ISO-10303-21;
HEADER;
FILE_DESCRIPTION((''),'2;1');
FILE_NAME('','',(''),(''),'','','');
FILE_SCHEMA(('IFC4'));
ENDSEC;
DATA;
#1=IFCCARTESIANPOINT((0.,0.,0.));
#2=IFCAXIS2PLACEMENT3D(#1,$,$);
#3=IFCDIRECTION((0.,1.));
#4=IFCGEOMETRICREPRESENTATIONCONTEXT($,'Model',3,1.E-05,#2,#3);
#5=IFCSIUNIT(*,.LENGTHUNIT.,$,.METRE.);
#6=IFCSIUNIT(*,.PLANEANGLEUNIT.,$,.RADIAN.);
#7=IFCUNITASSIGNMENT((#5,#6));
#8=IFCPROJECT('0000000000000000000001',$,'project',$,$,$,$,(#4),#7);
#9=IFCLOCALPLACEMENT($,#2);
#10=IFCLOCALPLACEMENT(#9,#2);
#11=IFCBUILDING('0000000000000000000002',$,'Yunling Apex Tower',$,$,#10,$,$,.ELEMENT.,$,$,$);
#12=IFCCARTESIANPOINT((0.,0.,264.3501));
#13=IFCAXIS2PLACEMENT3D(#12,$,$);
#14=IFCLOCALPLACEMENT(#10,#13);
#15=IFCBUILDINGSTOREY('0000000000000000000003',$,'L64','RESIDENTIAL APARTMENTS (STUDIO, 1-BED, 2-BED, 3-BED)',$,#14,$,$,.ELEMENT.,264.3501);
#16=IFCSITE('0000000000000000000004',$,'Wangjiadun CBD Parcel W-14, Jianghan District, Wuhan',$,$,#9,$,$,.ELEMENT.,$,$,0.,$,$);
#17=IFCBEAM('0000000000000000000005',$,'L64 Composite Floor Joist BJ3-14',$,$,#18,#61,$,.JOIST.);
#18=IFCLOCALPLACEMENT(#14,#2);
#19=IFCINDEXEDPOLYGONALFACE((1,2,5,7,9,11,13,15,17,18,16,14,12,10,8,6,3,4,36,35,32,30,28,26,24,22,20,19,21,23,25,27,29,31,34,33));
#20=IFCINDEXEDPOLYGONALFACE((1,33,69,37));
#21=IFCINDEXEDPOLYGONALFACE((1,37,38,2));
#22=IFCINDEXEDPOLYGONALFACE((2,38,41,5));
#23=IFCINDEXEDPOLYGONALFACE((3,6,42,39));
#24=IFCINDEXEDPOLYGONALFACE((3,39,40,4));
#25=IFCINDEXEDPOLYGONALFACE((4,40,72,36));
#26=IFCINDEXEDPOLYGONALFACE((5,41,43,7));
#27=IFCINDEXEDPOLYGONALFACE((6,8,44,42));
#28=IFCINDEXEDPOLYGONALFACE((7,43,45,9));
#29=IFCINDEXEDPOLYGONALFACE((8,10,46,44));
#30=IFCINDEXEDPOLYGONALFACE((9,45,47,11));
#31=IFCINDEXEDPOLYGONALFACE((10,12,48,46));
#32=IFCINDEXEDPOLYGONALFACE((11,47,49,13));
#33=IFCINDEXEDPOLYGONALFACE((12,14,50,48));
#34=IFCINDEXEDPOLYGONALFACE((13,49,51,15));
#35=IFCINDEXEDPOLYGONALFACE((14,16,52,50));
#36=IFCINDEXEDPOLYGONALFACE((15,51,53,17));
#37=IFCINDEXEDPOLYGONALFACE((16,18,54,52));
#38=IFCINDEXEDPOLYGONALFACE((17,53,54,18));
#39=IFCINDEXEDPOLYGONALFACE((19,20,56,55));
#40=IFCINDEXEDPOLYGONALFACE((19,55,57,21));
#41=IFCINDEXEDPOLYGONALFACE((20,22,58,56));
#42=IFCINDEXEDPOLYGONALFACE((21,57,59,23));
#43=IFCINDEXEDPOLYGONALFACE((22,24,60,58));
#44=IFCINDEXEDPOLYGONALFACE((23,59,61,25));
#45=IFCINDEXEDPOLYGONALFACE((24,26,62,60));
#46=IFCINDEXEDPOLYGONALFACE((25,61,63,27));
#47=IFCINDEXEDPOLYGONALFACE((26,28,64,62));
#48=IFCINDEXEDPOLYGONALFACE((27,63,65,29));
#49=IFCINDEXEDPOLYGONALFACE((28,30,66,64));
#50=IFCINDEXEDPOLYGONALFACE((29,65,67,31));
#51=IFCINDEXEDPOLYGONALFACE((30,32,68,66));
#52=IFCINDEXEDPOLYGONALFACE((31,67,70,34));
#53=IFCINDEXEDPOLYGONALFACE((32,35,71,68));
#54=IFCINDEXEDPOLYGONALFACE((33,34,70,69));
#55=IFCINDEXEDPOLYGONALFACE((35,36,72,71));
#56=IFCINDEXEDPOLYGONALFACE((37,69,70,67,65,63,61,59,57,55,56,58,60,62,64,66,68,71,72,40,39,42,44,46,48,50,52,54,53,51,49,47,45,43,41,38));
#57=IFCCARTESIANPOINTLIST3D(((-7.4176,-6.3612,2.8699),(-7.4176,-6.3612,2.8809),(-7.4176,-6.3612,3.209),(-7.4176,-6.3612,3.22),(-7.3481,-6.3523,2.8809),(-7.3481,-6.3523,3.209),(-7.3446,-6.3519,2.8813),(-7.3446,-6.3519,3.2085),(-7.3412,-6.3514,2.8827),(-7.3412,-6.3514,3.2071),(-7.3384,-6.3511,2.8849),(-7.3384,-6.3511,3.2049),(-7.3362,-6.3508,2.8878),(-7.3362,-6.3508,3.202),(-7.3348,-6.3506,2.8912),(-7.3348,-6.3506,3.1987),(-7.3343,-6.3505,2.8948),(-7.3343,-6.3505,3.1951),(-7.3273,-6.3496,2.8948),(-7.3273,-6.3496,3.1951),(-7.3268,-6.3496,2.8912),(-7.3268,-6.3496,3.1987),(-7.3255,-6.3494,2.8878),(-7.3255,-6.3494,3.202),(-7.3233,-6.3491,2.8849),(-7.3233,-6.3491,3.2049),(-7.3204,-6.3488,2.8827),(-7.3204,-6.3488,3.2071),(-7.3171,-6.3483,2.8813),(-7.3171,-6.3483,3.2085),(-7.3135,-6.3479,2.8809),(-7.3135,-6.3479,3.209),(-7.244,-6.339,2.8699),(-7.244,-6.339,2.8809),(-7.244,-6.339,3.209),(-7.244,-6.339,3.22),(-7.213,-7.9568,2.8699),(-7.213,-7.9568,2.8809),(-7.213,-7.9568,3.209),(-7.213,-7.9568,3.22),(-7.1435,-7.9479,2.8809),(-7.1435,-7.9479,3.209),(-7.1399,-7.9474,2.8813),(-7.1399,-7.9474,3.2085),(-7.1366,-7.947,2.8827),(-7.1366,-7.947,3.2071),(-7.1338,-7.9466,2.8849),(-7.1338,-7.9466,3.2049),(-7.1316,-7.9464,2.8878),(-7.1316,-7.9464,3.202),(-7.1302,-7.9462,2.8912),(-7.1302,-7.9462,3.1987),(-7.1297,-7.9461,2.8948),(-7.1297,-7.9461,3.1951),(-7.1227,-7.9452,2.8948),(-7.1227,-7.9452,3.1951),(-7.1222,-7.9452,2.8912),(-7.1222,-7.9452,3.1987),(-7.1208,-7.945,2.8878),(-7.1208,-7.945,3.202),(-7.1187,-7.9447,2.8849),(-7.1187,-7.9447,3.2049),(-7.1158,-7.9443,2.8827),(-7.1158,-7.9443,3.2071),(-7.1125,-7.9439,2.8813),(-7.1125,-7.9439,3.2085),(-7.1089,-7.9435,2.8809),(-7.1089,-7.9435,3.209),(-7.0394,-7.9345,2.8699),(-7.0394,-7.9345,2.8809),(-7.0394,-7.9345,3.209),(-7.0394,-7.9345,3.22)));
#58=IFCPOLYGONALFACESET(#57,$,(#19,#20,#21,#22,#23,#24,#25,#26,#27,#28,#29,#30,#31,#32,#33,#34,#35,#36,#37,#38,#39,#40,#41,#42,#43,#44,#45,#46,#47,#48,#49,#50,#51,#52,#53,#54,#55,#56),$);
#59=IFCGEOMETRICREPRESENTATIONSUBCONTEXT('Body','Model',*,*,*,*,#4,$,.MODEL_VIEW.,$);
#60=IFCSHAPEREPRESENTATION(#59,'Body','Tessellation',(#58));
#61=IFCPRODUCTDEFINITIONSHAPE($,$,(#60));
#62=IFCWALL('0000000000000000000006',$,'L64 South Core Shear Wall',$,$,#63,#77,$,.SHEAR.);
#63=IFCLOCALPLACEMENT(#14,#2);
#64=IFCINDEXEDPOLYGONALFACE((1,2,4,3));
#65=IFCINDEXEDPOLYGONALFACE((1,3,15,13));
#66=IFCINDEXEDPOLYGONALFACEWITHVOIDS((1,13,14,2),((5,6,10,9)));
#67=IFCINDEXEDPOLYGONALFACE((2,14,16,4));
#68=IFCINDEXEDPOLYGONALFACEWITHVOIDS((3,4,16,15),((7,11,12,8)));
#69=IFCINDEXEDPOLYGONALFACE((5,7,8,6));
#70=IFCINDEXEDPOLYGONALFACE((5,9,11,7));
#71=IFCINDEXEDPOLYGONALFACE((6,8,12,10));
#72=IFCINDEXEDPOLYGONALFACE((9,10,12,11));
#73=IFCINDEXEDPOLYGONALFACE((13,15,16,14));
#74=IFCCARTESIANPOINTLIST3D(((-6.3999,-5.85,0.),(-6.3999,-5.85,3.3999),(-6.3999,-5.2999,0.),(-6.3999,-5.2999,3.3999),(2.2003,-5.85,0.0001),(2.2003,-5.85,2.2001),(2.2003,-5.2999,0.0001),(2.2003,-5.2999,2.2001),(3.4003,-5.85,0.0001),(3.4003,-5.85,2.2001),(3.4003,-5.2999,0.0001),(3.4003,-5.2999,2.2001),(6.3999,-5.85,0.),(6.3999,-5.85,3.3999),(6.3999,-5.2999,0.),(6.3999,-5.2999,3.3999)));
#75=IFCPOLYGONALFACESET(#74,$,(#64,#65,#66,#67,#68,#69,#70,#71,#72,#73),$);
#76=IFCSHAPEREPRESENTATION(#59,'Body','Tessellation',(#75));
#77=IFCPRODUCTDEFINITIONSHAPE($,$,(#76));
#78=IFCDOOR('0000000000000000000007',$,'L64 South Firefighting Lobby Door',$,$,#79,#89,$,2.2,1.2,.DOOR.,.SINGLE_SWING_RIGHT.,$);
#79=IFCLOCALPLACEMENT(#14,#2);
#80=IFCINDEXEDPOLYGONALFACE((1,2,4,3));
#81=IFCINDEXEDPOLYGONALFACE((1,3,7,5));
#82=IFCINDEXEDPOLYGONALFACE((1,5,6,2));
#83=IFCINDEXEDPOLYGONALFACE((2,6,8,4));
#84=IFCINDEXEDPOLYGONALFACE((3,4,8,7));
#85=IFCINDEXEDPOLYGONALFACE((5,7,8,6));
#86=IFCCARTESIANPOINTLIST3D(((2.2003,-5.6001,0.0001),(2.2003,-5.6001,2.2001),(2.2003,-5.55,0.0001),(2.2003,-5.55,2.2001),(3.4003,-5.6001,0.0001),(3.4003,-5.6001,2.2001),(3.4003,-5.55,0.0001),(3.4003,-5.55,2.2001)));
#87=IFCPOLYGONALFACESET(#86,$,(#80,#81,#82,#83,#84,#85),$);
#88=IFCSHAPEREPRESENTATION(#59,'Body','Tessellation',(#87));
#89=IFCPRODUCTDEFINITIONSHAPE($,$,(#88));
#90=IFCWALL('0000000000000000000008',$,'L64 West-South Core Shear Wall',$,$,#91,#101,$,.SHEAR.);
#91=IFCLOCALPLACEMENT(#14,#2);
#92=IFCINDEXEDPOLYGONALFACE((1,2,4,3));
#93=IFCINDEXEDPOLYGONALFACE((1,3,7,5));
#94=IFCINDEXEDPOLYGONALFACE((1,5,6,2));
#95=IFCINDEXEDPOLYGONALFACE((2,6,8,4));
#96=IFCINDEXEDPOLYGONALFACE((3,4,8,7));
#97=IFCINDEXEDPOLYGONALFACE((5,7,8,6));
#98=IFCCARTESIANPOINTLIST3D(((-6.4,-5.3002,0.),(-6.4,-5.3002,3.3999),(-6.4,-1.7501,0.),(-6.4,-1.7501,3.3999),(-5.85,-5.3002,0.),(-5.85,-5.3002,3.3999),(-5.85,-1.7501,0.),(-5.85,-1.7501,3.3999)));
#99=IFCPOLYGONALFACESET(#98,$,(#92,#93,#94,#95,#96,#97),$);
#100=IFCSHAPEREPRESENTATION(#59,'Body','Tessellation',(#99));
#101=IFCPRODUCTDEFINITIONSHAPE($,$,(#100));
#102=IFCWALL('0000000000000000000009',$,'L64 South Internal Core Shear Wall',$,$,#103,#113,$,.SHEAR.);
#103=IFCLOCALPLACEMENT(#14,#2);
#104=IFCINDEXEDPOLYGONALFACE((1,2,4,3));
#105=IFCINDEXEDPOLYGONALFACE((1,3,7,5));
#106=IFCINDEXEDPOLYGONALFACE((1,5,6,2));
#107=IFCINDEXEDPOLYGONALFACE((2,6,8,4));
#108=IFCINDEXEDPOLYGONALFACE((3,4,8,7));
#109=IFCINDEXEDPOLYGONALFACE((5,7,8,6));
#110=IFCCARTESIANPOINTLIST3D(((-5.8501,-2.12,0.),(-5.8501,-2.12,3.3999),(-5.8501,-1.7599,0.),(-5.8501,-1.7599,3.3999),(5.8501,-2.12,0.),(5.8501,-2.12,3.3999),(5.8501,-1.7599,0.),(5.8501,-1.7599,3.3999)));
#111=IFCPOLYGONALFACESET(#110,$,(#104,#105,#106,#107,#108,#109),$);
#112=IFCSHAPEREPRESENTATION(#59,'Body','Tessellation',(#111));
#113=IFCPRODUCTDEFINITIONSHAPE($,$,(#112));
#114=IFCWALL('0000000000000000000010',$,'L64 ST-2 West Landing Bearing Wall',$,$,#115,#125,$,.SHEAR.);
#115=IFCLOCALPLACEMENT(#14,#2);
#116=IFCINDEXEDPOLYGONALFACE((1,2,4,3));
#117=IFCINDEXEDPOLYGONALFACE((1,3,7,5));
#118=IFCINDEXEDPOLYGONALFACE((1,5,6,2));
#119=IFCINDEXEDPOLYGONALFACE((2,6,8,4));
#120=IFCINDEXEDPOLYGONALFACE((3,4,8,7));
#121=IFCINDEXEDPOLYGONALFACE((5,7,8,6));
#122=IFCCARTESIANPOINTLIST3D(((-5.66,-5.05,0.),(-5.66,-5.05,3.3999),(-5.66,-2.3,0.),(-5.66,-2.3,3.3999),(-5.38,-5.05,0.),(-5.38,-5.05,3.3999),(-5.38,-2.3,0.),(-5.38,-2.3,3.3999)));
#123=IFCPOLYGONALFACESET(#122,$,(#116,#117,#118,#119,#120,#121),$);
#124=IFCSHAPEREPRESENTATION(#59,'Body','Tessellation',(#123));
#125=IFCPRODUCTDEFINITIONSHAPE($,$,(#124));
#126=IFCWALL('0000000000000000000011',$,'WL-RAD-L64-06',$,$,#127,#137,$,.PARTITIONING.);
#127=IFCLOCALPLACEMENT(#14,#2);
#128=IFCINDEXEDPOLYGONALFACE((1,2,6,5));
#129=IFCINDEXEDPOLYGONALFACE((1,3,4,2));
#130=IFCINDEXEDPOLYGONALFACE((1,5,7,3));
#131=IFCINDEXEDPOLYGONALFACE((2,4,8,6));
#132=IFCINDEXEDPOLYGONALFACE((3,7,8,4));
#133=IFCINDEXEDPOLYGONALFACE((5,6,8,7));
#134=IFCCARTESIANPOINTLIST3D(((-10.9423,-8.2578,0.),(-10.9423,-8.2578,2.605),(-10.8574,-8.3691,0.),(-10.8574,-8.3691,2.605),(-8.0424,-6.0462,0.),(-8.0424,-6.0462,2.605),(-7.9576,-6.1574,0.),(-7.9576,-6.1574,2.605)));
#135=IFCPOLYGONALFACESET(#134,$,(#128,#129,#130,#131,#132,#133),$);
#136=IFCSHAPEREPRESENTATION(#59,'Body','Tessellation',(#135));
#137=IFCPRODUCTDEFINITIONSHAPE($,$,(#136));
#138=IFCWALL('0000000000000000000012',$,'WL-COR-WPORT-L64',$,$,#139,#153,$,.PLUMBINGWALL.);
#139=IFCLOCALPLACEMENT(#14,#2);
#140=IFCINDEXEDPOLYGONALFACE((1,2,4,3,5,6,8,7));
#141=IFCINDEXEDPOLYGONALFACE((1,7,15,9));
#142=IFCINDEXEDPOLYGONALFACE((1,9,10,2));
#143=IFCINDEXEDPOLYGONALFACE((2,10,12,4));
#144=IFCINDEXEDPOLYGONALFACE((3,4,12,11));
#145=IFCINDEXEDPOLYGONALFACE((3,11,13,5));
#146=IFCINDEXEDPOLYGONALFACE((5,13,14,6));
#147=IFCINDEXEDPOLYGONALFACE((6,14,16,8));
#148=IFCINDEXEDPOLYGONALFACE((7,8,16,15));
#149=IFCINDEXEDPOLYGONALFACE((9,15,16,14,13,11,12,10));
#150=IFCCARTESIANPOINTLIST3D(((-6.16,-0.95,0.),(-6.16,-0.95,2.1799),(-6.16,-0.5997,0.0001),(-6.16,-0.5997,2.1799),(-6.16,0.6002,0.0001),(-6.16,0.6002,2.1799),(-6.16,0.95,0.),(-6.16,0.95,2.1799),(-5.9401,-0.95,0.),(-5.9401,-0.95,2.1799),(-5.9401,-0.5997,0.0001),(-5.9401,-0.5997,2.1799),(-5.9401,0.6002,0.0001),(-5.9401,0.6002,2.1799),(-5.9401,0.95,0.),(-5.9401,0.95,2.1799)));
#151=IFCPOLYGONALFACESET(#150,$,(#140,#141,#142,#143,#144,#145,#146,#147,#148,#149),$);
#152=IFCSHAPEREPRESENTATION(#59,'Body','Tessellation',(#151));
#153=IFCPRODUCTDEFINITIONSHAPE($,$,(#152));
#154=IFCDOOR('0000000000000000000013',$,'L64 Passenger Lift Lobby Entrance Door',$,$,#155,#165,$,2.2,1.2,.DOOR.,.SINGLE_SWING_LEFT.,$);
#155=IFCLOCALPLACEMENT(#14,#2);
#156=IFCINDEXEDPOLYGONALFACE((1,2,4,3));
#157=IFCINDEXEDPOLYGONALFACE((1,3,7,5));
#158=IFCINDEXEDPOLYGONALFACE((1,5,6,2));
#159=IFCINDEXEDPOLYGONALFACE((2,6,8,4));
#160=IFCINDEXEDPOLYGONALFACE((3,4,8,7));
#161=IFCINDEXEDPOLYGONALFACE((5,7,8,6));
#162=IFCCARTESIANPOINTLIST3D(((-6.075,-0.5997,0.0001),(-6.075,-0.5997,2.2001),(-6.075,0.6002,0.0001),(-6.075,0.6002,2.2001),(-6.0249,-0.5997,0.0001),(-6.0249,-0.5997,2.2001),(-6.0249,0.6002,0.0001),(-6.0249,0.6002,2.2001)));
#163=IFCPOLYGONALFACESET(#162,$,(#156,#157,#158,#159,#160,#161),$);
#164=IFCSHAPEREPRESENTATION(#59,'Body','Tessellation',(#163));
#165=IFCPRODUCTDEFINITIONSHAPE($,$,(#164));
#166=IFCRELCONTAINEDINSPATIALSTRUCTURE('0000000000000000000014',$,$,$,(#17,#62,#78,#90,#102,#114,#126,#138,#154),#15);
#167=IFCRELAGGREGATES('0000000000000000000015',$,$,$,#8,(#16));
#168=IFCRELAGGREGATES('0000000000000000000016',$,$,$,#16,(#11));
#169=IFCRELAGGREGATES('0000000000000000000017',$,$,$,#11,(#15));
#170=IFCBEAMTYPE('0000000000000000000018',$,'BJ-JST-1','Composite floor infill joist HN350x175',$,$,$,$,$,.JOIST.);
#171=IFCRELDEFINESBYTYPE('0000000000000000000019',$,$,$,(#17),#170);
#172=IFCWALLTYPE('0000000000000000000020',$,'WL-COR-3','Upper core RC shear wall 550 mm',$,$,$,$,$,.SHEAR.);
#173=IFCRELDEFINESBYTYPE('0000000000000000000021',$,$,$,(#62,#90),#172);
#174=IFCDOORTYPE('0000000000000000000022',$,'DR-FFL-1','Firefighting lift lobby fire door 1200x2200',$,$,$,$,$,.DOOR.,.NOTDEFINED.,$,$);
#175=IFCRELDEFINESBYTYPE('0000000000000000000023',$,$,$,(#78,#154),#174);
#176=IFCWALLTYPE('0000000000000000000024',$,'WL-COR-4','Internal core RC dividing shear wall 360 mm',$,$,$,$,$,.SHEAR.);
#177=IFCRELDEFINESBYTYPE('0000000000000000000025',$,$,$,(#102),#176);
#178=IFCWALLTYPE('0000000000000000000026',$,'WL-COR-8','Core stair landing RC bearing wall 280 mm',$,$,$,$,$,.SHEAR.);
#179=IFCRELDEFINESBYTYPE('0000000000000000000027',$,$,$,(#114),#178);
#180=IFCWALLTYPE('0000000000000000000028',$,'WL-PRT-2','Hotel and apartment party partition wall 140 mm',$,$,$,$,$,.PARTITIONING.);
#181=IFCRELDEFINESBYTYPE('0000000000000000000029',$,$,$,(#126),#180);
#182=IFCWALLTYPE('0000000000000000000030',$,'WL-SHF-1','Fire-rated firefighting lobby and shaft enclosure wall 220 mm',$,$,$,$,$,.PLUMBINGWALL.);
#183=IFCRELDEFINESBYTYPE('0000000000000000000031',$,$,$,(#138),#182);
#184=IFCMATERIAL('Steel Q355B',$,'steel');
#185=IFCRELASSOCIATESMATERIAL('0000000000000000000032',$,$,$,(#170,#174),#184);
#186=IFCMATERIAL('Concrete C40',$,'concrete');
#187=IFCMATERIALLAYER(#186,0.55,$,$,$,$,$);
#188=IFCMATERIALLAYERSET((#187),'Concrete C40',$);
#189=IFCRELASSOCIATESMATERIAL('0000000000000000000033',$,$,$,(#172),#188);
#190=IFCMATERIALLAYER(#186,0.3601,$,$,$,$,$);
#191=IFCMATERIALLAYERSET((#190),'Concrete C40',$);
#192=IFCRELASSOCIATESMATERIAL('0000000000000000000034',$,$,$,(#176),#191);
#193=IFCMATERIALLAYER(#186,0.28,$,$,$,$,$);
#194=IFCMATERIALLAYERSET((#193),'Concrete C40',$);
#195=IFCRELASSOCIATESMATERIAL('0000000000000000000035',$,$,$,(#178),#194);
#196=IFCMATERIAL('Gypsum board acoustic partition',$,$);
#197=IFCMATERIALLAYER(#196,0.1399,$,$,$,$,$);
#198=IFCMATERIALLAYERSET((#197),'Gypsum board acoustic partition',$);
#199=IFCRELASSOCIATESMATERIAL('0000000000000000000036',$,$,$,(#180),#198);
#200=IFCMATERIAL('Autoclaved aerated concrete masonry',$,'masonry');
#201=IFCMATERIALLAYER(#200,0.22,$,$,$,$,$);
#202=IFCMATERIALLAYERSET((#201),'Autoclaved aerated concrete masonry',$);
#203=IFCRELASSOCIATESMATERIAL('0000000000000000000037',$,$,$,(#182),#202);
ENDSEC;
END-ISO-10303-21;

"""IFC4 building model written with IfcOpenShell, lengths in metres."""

from ifc_helpers import new_model, si_unit, direction, frame, frame_2d, origin, origin_2d, place, context, subcontext, project, spatial, rectangle, i_section, extrude, source, transform, mapped, material, layer, layer_set, material_profile, profile_set, type_object, element, fill, save


model = new_model("IFC4")

# Units and contexts
model_context = context("Model", 3, precision=1e-05, world=origin(), true_north=direction((0.0, 1.0)))
body_context = subcontext(model_context, "Body", "Model", "MODEL_VIEW")
ifc_project = project(units=[si_unit("LENGTHUNIT", "METRE"), si_unit("PLANEANGLEUNIT", "RADIAN")], contexts=[model_context])

# Site, building, storey
site_placement = place(None, origin())
site = spatial("IfcSite", under=ifc_project, at=site_placement, Name="Wangjiadun CBD Parcel W-14, Jianghan District, Wuhan", CompositionType="ELEMENT", RefElevation=0.0)
building_placement = place(site_placement, origin())
building = spatial("IfcBuilding", under=site, at=building_placement, Name="Yunling Apex Tower", CompositionType="ELEMENT")
storey_placement = place(building_placement, frame((0.0, 0.0, 264.3501)))
storey = spatial("IfcBuildingStorey", under=building, at=storey_placement, Name="L64", Description="RESIDENTIAL APARTMENTS (STUDIO, 1-BED, 2-BED, 3-BED)", CompositionType="ELEMENT", Elevation=264.3501)

# Beam
ifc_material_1 = material(Name="Steel Q355B", Category="steel")
ifc_material_2 = material(Name="Concrete C40", Category="concrete")
ifc_material_profile_1 = material_profile(ifc_material_1, i_section(OverallWidth=0.175, OverallDepth=0.3501, WebThickness=0.0071, FlangeThickness=0.011, FilletRadius=0.0139, at=origin_2d()))
ifc_profile_set_1 = profile_set([ifc_material_profile_1], Name="Steel Q355B")
beam_type_1 = type_object("IfcBeamType", Name="BJ-JST-1", Description="Composite floor infill joist HN350x175", PredefinedType="JOIST", material=ifc_profile_set_1)
shared_shape_1 = source(origin(), body_context, "Body", "SweptSolid", [
    extrude(i_section(OverallWidth=0.175, OverallDepth=0.3501, WebThickness=0.0071, FlangeThickness=0.011, FilletRadius=0.0139, at=origin_2d()), origin(), (0.0, 0.0, 1.0), 1.6086),
])
beam_1_placement = place(storey_placement, frame((-7.3308, -6.3501, 3.0449), z_axis=(0.127191, -0.991878, 0.0), x_axis=(0.991878, 0.127191, 0.0)))
element("IfcBeam", 1, at=beam_1_placement, inside=storey, type_object=beam_type_1, Name="L64 Composite Floor Joist BJ3-14", PredefinedType="JOIST", context=body_context, shape_type="MappedRepresentation", body=[
    mapped(shared_shape_1, transform((0.0, 0.0, 0.0), scale=1.0)),
])

# Wall, opening, door
ifc_layer_1 = layer(ifc_material_2, 0.55)
ifc_layer_set_1 = layer_set([ifc_layer_1], Name="Concrete C40")
wall_type_1 = type_object("IfcWallType", Name="WL-COR-3", Description="Upper core RC shear wall 550 mm", PredefinedType="SHEAR", material=ifc_layer_set_1)
wall_1_placement = place(storey_placement, frame((-6.3999, -5.575, 0.0), z_axis=(0.0, 0.0, 1.0), x_axis=(1.0, 0.0, 0.0)))
wall_1 = element("IfcWall", 2, at=wall_1_placement, inside=storey, type_object=wall_type_1, Name="L64 South Core Shear Wall", PredefinedType="SHEAR", context=body_context, shape_type="SweptSolid", body=[
    extrude(rectangle(XDim=12.7998, YDim=0.55, at=frame_2d((6.3999, 0.0))), origin(), (0.0, 0.0, 1.0), 3.3999),
])
opening_1_placement = place(wall_1_placement, frame((8.6001, 0.0, 0.0)))
opening_1 = element("IfcOpeningElement", 3, at=opening_1_placement, cuts=wall_1, PredefinedType="OPENING", context=body_context, shape_type="SweptSolid", body=[
    extrude(rectangle(XDim=1.2, YDim=2.2, at=frame_2d((0.6001, 1.1001))), frame((0.0, 0.2852, 0.0), z_axis=(0.0, -1.0, 0.0), x_axis=(1.0, 0.0, 0.0)), (0.0, 0.0, 1.0), 0.5701),
])
door_type = type_object("IfcDoorType", Name="DR-FFL-1", Description="Firefighting lift lobby fire door 1200x2200", OperationType="NOTDEFINED", PredefinedType="DOOR", material=ifc_material_1)
door_1_placement = place(opening_1_placement, origin())
door_1 = element("IfcDoor", 4, at=door_1_placement, inside=storey, type_object=door_type, Name="L64 South Firefighting Lobby Door", OperationType="SINGLE_SWING_RIGHT", OverallHeight=2.2, OverallWidth=1.2, PredefinedType="DOOR", context=body_context, shape_type="SweptSolid", body=[
    extrude(rectangle(XDim=1.2, YDim=2.2, at=frame_2d((0.6001, 1.1001))), frame((0.0, 0.0249, 0.0), z_axis=(0.0, -1.0, 0.0), x_axis=(1.0, 0.0, 0.0)), (0.0, 0.0, 1.0), 0.05),
])
fill(opening_1, door_1)

# Walls
wall_2_placement = place(storey_placement, frame((-6.125, -5.3, 0.0), z_axis=(0.0, 0.0, 1.0), x_axis=(0.0, 1.0, 0.0)))
element("IfcWall", 5, at=wall_2_placement, inside=storey, type_object=wall_type_1, Name="L64 West-South Core Shear Wall", PredefinedType="SHEAR", context=body_context, shape_type="SweptSolid", body=[
    extrude(rectangle(XDim=3.55, YDim=0.55, at=frame_2d((1.7749, 0.0))), origin(), (0.0, 0.0, 1.0), 3.3999),
])
ifc_layer_2 = layer(ifc_material_2, 0.3601)
ifc_layer_set_2 = layer_set([ifc_layer_2], Name="Concrete C40")
wall_type_2 = type_object("IfcWallType", Name="WL-COR-4", Description="Internal core RC dividing shear wall 360 mm", PredefinedType="SHEAR", material=ifc_layer_set_2)
wall_3_placement = place(storey_placement, frame((-5.8501, -1.9399, 0.0), z_axis=(0.0, 0.0, 1.0), x_axis=(1.0, 0.0, 0.0)))
element("IfcWall", 6, at=wall_3_placement, inside=storey, type_object=wall_type_2, Name="L64 South Internal Core Shear Wall", PredefinedType="SHEAR", context=body_context, shape_type="SweptSolid", body=[
    extrude(rectangle(XDim=11.7002, YDim=0.3601, at=frame_2d((5.8501, 0.0))), origin(), (0.0, 0.0, 1.0), 3.3999),
])
ifc_layer_3 = layer(ifc_material_2, 0.28)
ifc_layer_set_3 = layer_set([ifc_layer_3], Name="Concrete C40")
wall_type_3 = type_object("IfcWallType", Name="WL-COR-8", Description="Core stair landing RC bearing wall 280 mm", PredefinedType="SHEAR", material=ifc_layer_set_3)
wall_4_placement = place(storey_placement, frame((-5.52, -5.05, 0.0), z_axis=(0.0, 0.0, 1.0), x_axis=(0.0, 1.0, 0.0)))
element("IfcWall", 7, at=wall_4_placement, inside=storey, type_object=wall_type_3, Name="L64 ST-2 West Landing Bearing Wall", PredefinedType="SHEAR", context=body_context, shape_type="SweptSolid", body=[
    extrude(rectangle(XDim=2.75, YDim=0.28, at=frame_2d((1.375, 0.0))), origin(), (0.0, 0.0, 1.0), 3.3999),
])
ifc_material_3 = material(Name="Gypsum board acoustic partition")
ifc_layer_4 = layer(ifc_material_3, 0.1399)
ifc_layer_set_4 = layer_set([ifc_layer_4], Name="Gypsum board acoustic partition")
wall_type_4 = type_object("IfcWallType", Name="WL-PRT-2", Description="Hotel and apartment party partition wall 140 mm", PredefinedType="PARTITIONING", material=ifc_layer_set_4)
wall_5_placement = place(storey_placement, frame((-8.0, -6.1018, 0.0), z_axis=(0.0, 0.0, 1.0), x_axis=(-0.795138, -0.606428, 0.0)))
element("IfcWall", 8, at=wall_5_placement, inside=storey, type_object=wall_type_4, Name="WL-RAD-L64-06", PredefinedType="PARTITIONING", context=body_context, shape_type="SweptSolid", body=[
    extrude(rectangle(XDim=3.647, YDim=0.1399, at=frame_2d((1.8235, 0.0))), origin(), (0.0, 0.0, 1.0), 2.605),
])

# Wall, opening, door
ifc_material_4 = material(Name="Autoclaved aerated concrete masonry", Category="masonry")
ifc_layer_5 = layer(ifc_material_4, 0.22)
ifc_layer_set_5 = layer_set([ifc_layer_5], Name="Autoclaved aerated concrete masonry")
wall_type_5 = type_object("IfcWallType", Name="WL-SHF-1", Description="Fire-rated firefighting lobby and shaft enclosure wall 220 mm", PredefinedType="PLUMBINGWALL", material=ifc_layer_set_5)
wall_6_placement = place(storey_placement, frame((-6.05, -0.95, 0.0), z_axis=(0.0, 0.0, 1.0), x_axis=(0.0, 1.0, 0.0)))
wall_6 = element("IfcWall", 9, at=wall_6_placement, inside=storey, type_object=wall_type_5, Name="WL-COR-WPORT-L64", PredefinedType="PLUMBINGWALL", context=body_context, shape_type="SweptSolid", body=[
    extrude(rectangle(XDim=1.8999, YDim=0.22, at=frame_2d((0.95, 0.0))), origin(), (0.0, 0.0, 1.0), 2.1799),
])
opening_2_placement = place(wall_6_placement, frame((0.3501, 0.0, 0.0)))
opening_2 = element("IfcOpeningElement", 10, at=opening_2_placement, cuts=wall_6, PredefinedType="OPENING", context=body_context, shape_type="SweptSolid", body=[
    extrude(rectangle(XDim=1.2, YDim=2.2, at=frame_2d((0.6001, 1.1001))), frame((0.0, 0.1201, 0.0), z_axis=(0.0, -1.0, 0.0), x_axis=(1.0, 0.0, 0.0)), (0.0, 0.0, 1.0), 0.24),
])
door_2_placement = place(opening_2_placement, origin())
door_2 = element("IfcDoor", 11, at=door_2_placement, inside=storey, type_object=door_type, Name="L64 Passenger Lift Lobby Entrance Door", OperationType="SINGLE_SWING_LEFT", OverallHeight=2.2, OverallWidth=1.2, PredefinedType="DOOR", context=body_context, shape_type="SweptSolid", body=[
    extrude(rectangle(XDim=1.2, YDim=2.2, at=frame_2d((0.6001, 1.1001))), frame((0.0, 0.0249, 0.0), z_axis=(0.0, -1.0, 0.0), x_axis=(1.0, 0.0, 0.0)), (0.0, 0.0, 1.0), 0.05),
])
fill(opening_2, door_2)

save(model, "model.ifc")
